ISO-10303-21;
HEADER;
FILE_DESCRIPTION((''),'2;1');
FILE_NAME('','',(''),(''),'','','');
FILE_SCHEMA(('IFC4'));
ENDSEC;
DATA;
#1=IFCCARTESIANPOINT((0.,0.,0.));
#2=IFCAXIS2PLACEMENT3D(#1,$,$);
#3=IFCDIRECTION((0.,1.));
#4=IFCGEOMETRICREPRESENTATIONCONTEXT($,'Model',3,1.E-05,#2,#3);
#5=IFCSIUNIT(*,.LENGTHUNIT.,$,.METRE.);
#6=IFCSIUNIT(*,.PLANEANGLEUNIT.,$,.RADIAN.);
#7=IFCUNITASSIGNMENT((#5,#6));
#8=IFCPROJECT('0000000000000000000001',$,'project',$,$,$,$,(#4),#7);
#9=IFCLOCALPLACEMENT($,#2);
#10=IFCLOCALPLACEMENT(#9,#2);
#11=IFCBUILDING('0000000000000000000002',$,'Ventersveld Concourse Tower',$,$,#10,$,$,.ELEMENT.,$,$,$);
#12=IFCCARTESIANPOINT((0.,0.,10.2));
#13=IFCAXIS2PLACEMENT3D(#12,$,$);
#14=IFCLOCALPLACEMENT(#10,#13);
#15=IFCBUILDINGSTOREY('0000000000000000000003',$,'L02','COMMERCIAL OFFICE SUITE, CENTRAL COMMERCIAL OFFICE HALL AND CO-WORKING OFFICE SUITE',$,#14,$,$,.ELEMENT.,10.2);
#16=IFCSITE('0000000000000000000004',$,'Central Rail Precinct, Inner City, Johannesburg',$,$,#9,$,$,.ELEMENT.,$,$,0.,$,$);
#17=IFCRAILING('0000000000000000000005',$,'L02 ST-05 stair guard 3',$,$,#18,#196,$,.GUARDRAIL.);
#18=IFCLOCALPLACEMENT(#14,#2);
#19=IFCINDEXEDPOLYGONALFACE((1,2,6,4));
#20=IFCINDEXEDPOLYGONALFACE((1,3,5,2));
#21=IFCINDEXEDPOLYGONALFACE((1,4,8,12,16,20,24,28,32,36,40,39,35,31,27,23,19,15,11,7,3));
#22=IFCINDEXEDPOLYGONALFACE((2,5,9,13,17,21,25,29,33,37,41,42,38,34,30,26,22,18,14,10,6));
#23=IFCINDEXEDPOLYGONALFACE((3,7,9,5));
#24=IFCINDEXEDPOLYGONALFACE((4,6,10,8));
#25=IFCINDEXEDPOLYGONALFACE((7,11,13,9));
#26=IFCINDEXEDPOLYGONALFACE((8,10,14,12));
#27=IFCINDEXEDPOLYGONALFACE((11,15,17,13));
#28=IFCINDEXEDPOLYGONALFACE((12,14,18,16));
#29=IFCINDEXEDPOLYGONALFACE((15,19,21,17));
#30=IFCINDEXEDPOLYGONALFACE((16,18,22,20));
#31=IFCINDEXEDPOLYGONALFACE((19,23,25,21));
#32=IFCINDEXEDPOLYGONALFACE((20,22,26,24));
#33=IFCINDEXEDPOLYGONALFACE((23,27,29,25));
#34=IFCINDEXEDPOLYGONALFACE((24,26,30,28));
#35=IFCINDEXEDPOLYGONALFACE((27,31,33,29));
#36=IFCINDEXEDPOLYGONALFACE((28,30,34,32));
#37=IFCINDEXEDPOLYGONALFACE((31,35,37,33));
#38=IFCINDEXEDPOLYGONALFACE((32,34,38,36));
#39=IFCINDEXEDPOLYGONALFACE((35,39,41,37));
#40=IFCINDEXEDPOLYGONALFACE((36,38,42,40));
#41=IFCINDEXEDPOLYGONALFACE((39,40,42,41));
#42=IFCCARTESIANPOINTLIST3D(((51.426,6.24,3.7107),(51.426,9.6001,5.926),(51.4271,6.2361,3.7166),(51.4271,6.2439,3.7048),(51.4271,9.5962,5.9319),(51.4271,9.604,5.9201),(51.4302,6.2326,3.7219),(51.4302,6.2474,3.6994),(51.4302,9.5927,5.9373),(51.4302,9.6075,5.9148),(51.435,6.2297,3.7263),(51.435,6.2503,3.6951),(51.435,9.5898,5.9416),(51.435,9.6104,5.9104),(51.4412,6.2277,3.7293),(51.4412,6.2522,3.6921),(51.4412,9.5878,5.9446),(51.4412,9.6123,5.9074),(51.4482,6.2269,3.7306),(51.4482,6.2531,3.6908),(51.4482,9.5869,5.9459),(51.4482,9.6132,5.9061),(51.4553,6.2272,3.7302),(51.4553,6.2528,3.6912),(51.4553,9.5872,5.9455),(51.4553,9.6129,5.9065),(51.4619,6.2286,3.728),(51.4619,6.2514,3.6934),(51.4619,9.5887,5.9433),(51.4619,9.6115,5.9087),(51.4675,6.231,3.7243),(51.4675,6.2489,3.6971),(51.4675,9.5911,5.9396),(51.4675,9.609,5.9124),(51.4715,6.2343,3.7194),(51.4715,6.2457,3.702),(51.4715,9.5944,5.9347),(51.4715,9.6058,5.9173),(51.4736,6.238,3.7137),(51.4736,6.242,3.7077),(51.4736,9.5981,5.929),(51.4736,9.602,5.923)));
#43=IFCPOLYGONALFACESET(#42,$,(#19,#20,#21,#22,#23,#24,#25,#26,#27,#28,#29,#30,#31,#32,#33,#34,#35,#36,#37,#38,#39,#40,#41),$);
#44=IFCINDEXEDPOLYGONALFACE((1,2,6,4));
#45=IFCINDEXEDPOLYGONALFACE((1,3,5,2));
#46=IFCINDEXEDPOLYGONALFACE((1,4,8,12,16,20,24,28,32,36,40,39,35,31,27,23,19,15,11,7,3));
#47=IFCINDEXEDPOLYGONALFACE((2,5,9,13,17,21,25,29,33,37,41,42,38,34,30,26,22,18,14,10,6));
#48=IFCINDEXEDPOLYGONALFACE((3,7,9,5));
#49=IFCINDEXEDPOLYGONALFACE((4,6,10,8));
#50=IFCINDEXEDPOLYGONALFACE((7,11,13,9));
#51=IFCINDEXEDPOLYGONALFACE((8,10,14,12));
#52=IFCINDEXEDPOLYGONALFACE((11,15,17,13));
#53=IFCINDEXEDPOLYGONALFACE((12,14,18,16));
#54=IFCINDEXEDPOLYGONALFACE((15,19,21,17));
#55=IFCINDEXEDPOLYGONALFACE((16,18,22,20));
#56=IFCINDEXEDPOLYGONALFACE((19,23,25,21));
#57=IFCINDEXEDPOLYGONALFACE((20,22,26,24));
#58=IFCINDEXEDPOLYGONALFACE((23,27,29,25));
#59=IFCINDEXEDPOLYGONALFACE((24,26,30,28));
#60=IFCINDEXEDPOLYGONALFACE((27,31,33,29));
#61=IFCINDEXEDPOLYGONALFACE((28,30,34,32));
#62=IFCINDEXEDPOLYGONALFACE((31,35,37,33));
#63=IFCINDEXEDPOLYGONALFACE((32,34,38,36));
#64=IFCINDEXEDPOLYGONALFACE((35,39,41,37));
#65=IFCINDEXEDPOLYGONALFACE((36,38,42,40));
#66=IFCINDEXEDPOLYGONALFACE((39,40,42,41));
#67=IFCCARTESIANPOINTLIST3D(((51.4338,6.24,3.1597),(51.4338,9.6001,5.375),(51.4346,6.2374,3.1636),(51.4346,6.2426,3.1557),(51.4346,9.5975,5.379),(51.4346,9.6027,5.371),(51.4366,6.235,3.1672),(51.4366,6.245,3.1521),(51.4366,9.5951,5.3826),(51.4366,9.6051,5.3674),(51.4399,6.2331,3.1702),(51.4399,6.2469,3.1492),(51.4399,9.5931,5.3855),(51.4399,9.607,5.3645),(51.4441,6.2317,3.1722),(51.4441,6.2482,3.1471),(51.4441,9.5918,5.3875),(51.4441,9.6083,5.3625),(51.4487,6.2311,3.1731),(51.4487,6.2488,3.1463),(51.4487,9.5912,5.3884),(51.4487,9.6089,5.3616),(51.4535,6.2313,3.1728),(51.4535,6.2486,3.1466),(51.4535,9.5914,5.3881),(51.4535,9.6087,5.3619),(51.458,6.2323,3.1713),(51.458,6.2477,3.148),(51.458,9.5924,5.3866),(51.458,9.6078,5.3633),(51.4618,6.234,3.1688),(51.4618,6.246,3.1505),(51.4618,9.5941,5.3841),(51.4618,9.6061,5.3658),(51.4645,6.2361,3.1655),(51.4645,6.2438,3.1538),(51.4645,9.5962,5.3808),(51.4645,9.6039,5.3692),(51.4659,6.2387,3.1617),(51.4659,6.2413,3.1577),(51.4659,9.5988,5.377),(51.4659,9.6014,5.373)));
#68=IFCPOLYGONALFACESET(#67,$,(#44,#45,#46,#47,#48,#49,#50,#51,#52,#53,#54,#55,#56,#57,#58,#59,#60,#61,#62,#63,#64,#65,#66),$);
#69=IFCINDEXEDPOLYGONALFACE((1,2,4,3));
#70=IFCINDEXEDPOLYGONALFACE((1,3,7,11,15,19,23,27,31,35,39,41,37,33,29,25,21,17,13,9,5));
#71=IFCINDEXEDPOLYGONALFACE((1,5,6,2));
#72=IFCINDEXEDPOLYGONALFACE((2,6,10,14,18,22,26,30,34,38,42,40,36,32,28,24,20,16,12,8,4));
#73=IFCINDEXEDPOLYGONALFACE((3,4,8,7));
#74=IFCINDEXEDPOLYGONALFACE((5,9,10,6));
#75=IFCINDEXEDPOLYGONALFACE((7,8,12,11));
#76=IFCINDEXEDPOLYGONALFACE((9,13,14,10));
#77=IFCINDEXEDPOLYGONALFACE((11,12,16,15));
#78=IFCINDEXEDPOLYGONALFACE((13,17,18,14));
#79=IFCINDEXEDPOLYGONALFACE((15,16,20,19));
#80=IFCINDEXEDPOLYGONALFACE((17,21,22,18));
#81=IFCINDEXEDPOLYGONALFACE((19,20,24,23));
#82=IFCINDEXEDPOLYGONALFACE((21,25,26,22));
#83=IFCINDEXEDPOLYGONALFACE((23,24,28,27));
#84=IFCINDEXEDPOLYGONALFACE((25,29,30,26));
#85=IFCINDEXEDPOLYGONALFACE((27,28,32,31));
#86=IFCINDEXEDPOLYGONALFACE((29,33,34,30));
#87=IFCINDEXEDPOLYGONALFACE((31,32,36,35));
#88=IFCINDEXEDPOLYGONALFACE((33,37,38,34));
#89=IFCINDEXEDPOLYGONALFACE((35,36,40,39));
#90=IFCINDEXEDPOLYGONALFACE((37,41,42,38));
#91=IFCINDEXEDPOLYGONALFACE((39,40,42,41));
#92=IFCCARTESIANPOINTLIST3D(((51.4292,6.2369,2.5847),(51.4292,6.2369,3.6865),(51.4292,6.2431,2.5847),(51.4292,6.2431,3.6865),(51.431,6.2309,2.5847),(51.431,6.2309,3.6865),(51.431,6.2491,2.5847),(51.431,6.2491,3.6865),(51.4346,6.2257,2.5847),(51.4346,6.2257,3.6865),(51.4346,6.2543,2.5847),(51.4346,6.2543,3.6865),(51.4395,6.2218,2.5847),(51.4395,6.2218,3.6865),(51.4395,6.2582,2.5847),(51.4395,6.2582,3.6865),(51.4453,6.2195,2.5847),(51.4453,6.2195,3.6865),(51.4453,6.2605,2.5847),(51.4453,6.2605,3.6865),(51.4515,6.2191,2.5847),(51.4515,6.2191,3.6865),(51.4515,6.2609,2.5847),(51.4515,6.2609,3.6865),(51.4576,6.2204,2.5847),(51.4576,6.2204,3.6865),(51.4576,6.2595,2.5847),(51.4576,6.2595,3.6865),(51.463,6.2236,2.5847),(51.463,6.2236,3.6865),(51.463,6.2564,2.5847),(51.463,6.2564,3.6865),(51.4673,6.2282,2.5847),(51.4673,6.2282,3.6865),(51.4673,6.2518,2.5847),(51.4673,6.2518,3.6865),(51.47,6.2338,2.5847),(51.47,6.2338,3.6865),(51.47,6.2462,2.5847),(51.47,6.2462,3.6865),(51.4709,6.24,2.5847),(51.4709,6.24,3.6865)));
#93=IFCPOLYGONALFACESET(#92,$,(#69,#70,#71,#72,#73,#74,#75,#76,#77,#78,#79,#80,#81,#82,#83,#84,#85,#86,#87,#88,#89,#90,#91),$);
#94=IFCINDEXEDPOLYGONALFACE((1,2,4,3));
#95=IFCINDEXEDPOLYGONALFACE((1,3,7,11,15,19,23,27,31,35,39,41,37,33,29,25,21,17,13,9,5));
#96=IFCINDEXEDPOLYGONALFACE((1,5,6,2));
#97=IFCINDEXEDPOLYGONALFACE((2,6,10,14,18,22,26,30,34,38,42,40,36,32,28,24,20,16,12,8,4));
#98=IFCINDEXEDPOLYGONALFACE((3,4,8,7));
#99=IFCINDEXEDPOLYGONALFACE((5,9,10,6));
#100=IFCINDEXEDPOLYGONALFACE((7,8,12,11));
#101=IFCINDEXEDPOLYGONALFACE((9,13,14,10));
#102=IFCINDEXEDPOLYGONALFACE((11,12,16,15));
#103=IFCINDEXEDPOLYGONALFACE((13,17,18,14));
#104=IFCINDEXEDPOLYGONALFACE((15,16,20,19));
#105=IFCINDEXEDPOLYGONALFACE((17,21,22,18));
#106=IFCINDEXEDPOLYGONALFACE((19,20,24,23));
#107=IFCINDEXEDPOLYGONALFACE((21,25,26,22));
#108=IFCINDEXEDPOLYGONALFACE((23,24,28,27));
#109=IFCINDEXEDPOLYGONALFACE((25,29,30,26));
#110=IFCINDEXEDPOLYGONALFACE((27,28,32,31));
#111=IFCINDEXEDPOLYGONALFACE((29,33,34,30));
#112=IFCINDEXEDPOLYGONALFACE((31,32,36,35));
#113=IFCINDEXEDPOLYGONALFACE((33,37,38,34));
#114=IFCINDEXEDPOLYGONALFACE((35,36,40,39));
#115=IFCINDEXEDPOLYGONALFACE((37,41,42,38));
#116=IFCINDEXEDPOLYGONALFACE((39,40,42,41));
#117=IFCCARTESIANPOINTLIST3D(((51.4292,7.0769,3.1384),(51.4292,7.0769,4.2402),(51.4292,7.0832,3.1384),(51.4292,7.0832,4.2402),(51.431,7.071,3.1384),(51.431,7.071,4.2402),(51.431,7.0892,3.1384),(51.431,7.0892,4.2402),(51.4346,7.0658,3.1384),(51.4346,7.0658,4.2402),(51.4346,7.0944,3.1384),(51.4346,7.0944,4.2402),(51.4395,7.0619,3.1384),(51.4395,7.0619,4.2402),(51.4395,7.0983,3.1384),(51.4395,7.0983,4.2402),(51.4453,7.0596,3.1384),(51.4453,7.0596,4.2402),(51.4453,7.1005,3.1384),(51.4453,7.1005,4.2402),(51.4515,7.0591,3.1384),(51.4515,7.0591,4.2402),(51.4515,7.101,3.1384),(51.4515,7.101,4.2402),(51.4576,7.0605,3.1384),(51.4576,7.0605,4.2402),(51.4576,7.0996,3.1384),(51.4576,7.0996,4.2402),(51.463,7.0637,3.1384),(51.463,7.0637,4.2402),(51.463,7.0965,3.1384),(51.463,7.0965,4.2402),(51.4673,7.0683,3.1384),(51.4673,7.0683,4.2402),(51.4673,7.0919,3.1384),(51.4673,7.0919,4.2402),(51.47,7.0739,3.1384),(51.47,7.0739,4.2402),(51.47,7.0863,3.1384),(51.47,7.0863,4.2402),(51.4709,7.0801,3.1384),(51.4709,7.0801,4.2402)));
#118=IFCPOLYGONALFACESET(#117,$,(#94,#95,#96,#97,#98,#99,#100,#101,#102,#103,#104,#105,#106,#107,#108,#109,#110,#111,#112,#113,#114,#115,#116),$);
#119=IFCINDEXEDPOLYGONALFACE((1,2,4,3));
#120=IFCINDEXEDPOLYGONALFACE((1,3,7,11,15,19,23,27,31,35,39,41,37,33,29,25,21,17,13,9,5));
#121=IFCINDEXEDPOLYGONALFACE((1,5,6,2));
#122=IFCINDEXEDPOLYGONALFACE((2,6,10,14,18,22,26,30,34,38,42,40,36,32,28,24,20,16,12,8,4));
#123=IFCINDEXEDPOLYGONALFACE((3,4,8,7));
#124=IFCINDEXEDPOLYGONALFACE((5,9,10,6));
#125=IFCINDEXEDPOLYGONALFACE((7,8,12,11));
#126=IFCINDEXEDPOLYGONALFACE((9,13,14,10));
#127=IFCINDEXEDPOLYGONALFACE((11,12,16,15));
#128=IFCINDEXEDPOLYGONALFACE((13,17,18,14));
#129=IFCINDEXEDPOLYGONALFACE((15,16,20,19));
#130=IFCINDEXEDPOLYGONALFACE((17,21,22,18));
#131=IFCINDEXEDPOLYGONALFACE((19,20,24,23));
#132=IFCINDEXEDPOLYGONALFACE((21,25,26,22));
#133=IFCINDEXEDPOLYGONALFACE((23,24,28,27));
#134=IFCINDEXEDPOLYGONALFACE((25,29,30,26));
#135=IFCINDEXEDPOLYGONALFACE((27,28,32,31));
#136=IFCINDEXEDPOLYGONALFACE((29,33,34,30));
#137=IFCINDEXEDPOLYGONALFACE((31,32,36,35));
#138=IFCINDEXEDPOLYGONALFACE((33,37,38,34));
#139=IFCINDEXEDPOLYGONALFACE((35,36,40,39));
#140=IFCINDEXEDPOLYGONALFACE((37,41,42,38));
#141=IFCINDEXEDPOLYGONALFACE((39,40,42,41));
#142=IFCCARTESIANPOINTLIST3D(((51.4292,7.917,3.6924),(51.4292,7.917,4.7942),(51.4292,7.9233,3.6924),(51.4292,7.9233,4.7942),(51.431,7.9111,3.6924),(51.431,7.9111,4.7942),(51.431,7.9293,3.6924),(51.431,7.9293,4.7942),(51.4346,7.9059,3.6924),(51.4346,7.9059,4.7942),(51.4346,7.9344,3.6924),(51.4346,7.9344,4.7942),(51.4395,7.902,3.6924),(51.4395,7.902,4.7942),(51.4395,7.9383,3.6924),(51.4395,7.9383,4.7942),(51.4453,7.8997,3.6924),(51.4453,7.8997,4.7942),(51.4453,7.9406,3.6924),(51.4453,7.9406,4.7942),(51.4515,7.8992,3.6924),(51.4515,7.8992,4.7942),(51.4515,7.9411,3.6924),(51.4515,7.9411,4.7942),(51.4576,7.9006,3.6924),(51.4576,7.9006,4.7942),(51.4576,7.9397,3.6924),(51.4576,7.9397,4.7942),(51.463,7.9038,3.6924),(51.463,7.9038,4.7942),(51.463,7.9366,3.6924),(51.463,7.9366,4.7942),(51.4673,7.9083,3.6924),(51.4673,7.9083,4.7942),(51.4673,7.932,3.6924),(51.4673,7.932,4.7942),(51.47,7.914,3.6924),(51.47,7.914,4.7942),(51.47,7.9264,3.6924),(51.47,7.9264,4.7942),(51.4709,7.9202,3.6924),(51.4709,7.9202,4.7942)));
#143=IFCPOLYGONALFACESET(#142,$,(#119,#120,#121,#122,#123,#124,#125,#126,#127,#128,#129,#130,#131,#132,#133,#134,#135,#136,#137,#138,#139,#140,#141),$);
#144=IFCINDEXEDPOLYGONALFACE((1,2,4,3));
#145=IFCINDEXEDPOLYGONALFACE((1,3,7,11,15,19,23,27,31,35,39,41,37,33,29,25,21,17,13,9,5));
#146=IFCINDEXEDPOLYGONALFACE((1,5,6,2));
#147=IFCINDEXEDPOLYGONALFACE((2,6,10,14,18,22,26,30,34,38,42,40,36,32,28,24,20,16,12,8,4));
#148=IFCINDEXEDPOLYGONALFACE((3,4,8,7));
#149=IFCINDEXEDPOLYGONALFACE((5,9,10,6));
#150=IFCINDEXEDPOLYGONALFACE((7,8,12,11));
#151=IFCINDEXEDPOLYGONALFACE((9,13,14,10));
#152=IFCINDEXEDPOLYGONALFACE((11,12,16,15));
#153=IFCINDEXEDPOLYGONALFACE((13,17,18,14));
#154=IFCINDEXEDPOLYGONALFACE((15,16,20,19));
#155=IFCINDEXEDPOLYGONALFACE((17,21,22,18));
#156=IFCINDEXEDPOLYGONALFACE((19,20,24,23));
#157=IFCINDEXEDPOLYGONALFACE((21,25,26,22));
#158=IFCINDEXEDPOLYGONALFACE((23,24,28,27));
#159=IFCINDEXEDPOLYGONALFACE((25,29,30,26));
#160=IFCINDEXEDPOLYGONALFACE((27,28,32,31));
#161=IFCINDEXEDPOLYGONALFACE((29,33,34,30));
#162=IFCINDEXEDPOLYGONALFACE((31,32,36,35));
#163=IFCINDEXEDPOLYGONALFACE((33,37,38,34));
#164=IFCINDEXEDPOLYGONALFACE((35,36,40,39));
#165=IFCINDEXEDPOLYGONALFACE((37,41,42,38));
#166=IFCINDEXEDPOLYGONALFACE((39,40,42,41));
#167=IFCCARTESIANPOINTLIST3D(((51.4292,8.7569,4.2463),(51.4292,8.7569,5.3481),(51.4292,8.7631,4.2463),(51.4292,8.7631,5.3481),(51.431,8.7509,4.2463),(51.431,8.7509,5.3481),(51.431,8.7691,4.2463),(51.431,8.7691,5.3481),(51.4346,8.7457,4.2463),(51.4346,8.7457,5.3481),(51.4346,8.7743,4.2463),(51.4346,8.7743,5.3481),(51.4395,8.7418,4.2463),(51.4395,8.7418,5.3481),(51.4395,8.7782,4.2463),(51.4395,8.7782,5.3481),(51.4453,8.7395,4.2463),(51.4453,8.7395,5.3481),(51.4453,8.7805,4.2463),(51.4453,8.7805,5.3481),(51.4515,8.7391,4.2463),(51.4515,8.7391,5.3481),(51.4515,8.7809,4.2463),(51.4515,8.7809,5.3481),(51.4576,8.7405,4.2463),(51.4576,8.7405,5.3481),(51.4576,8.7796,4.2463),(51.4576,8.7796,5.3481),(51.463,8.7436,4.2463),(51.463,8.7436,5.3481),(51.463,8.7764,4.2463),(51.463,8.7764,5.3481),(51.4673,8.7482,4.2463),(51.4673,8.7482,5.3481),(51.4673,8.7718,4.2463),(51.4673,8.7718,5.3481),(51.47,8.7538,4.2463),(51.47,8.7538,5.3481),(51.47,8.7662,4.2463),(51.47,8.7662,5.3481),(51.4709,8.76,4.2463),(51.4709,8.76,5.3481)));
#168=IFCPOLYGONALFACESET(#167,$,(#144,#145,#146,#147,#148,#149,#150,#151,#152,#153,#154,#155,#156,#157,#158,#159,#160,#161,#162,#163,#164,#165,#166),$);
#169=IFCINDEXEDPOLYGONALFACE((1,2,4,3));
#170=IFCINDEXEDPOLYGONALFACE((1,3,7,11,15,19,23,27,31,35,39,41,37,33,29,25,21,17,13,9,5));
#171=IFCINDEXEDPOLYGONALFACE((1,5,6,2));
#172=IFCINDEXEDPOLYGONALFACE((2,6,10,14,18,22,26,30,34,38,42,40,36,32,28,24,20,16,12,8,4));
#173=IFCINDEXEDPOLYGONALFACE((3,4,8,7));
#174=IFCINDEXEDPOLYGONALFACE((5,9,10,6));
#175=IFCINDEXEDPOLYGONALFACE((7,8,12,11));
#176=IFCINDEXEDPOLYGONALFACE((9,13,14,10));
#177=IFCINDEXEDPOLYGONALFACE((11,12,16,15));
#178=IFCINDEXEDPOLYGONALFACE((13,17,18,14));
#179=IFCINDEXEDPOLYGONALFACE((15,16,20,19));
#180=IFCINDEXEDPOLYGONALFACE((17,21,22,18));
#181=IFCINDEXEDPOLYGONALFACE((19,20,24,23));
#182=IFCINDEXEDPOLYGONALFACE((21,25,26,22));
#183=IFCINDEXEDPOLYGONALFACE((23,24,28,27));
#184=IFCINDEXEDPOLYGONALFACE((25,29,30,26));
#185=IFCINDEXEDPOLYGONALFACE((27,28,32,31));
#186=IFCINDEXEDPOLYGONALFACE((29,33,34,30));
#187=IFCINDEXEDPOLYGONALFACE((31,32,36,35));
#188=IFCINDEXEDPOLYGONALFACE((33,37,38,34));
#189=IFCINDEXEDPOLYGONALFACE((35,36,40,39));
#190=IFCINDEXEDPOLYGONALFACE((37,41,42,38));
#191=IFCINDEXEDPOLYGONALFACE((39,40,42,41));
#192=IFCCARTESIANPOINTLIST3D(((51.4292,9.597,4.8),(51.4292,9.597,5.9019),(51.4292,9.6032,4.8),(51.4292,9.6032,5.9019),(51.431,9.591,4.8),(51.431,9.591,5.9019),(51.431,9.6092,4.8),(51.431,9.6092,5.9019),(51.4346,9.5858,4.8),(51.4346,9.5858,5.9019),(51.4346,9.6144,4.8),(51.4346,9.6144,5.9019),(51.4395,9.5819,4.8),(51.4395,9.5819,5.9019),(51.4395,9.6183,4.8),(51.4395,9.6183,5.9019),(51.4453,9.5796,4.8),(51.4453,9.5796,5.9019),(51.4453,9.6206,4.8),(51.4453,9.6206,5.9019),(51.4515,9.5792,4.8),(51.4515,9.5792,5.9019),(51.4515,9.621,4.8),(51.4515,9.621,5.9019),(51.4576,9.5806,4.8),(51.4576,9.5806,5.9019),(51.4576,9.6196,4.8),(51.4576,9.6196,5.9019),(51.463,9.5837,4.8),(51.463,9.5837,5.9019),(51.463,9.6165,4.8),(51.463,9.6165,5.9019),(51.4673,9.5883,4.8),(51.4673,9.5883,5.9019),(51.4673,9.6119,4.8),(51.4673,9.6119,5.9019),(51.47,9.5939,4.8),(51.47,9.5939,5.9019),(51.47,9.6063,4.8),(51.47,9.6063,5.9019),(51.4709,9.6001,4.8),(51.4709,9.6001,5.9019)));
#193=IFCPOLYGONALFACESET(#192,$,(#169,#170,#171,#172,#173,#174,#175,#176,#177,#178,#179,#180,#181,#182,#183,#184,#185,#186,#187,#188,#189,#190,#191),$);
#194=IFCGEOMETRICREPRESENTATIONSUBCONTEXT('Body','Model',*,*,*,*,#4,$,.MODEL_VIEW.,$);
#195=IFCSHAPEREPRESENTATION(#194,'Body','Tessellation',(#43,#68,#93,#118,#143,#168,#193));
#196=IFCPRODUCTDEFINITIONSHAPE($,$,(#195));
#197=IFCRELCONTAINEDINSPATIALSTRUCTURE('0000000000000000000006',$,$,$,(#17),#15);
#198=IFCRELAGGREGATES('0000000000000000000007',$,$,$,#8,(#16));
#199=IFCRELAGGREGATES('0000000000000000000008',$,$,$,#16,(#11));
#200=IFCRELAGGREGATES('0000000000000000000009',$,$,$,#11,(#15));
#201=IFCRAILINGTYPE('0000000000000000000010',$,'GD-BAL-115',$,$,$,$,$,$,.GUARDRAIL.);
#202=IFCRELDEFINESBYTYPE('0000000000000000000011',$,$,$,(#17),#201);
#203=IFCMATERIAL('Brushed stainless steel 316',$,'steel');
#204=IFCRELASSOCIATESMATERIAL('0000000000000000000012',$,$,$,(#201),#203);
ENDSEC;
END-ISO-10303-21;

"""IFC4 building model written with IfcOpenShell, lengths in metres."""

from ifc_helpers import new_model, si_unit, direction, frame, origin, origin_2d, place, context, subcontext, project, spatial, circle, extrude, material, type_object, element, save


model = new_model("IFC4")

# Units and contexts
model_context = context("Model", 3, precision=1e-05, world=origin(), true_north=direction((0.0, 1.0)))
body_context = subcontext(model_context, "Body", "Model", "MODEL_VIEW")
ifc_project = project(units=[si_unit("LENGTHUNIT", "METRE"), si_unit("PLANEANGLEUNIT", "RADIAN")], contexts=[model_context])

# Site, building, storey
site_placement = place(None, origin())
site = spatial("IfcSite", under=ifc_project, at=site_placement, Name="Central Rail Precinct, Inner City, Johannesburg", CompositionType="ELEMENT", RefElevation=0.0)
building_placement = place(site_placement, origin())
building = spatial("IfcBuilding", under=site, at=building_placement, Name="Ventersveld Concourse Tower", CompositionType="ELEMENT")
storey_placement = place(building_placement, frame((0.0, 0.0, 10.2)))
storey = spatial("IfcBuildingStorey", under=building, at=storey_placement, Name="L02", Description="COMMERCIAL OFFICE SUITE, CENTRAL COMMERCIAL OFFICE HALL AND CO-WORKING OFFICE SUITE", CompositionType="ELEMENT", Elevation=10.2)

# Shared definitions
ifc_material_1 = material(Name="Brushed stainless steel 316", Category="steel")

# Railing
railing_type_1 = type_object("IfcRailingType", Name="GD-BAL-115", PredefinedType="GUARDRAIL", material=ifc_material_1)
railing_1_placement = place(storey_placement, frame((51.45, 6.24, 2.5847)))
element("IfcRailing", 1, at=railing_1_placement, inside=storey, type_object=railing_type_1, Name="L02 ST-05 stair guard 3", PredefinedType="GUARDRAIL", context=body_context, shape_type="SweptSolid", body=[
    extrude(circle(Radius=0.0239, at=origin_2d()), frame((0.0, 0.0, 1.126), z_axis=(0.0, 0.834876, 0.550437), x_axis=(-1.0, 0.0, 0.0)), (0.0, 0.0, 1.0), 4.0247),
    extrude(circle(Radius=0.0161, at=origin_2d()), frame((0.0, 0.0, 0.575), z_axis=(0.0, 0.834876, 0.550437), x_axis=(-1.0, 0.0, 0.0)), (0.0, 0.0, 1.0), 4.0247),
    extrude(circle(Radius=0.021, at=origin_2d()), origin(), (0.0, 0.0, 1.0), 1.1018),
    extrude(circle(Radius=0.021, at=origin_2d()), frame((0.0, 0.8401, 0.5537)), (0.0, 0.0, 1.0), 1.1018),
    extrude(circle(Radius=0.021, at=origin_2d()), frame((0.0, 1.6802, 1.1077)), (0.0, 0.0, 1.0), 1.1018),
    extrude(circle(Radius=0.021, at=origin_2d()), frame((0.0, 2.52, 1.6616)), (0.0, 0.0, 1.0), 1.1018),
    extrude(circle(Radius=0.021, at=origin_2d()), frame((0.0, 3.3601, 2.2153)), (0.0, 0.0, 1.0), 1.1018),
])

save(model, "model.ifc")
